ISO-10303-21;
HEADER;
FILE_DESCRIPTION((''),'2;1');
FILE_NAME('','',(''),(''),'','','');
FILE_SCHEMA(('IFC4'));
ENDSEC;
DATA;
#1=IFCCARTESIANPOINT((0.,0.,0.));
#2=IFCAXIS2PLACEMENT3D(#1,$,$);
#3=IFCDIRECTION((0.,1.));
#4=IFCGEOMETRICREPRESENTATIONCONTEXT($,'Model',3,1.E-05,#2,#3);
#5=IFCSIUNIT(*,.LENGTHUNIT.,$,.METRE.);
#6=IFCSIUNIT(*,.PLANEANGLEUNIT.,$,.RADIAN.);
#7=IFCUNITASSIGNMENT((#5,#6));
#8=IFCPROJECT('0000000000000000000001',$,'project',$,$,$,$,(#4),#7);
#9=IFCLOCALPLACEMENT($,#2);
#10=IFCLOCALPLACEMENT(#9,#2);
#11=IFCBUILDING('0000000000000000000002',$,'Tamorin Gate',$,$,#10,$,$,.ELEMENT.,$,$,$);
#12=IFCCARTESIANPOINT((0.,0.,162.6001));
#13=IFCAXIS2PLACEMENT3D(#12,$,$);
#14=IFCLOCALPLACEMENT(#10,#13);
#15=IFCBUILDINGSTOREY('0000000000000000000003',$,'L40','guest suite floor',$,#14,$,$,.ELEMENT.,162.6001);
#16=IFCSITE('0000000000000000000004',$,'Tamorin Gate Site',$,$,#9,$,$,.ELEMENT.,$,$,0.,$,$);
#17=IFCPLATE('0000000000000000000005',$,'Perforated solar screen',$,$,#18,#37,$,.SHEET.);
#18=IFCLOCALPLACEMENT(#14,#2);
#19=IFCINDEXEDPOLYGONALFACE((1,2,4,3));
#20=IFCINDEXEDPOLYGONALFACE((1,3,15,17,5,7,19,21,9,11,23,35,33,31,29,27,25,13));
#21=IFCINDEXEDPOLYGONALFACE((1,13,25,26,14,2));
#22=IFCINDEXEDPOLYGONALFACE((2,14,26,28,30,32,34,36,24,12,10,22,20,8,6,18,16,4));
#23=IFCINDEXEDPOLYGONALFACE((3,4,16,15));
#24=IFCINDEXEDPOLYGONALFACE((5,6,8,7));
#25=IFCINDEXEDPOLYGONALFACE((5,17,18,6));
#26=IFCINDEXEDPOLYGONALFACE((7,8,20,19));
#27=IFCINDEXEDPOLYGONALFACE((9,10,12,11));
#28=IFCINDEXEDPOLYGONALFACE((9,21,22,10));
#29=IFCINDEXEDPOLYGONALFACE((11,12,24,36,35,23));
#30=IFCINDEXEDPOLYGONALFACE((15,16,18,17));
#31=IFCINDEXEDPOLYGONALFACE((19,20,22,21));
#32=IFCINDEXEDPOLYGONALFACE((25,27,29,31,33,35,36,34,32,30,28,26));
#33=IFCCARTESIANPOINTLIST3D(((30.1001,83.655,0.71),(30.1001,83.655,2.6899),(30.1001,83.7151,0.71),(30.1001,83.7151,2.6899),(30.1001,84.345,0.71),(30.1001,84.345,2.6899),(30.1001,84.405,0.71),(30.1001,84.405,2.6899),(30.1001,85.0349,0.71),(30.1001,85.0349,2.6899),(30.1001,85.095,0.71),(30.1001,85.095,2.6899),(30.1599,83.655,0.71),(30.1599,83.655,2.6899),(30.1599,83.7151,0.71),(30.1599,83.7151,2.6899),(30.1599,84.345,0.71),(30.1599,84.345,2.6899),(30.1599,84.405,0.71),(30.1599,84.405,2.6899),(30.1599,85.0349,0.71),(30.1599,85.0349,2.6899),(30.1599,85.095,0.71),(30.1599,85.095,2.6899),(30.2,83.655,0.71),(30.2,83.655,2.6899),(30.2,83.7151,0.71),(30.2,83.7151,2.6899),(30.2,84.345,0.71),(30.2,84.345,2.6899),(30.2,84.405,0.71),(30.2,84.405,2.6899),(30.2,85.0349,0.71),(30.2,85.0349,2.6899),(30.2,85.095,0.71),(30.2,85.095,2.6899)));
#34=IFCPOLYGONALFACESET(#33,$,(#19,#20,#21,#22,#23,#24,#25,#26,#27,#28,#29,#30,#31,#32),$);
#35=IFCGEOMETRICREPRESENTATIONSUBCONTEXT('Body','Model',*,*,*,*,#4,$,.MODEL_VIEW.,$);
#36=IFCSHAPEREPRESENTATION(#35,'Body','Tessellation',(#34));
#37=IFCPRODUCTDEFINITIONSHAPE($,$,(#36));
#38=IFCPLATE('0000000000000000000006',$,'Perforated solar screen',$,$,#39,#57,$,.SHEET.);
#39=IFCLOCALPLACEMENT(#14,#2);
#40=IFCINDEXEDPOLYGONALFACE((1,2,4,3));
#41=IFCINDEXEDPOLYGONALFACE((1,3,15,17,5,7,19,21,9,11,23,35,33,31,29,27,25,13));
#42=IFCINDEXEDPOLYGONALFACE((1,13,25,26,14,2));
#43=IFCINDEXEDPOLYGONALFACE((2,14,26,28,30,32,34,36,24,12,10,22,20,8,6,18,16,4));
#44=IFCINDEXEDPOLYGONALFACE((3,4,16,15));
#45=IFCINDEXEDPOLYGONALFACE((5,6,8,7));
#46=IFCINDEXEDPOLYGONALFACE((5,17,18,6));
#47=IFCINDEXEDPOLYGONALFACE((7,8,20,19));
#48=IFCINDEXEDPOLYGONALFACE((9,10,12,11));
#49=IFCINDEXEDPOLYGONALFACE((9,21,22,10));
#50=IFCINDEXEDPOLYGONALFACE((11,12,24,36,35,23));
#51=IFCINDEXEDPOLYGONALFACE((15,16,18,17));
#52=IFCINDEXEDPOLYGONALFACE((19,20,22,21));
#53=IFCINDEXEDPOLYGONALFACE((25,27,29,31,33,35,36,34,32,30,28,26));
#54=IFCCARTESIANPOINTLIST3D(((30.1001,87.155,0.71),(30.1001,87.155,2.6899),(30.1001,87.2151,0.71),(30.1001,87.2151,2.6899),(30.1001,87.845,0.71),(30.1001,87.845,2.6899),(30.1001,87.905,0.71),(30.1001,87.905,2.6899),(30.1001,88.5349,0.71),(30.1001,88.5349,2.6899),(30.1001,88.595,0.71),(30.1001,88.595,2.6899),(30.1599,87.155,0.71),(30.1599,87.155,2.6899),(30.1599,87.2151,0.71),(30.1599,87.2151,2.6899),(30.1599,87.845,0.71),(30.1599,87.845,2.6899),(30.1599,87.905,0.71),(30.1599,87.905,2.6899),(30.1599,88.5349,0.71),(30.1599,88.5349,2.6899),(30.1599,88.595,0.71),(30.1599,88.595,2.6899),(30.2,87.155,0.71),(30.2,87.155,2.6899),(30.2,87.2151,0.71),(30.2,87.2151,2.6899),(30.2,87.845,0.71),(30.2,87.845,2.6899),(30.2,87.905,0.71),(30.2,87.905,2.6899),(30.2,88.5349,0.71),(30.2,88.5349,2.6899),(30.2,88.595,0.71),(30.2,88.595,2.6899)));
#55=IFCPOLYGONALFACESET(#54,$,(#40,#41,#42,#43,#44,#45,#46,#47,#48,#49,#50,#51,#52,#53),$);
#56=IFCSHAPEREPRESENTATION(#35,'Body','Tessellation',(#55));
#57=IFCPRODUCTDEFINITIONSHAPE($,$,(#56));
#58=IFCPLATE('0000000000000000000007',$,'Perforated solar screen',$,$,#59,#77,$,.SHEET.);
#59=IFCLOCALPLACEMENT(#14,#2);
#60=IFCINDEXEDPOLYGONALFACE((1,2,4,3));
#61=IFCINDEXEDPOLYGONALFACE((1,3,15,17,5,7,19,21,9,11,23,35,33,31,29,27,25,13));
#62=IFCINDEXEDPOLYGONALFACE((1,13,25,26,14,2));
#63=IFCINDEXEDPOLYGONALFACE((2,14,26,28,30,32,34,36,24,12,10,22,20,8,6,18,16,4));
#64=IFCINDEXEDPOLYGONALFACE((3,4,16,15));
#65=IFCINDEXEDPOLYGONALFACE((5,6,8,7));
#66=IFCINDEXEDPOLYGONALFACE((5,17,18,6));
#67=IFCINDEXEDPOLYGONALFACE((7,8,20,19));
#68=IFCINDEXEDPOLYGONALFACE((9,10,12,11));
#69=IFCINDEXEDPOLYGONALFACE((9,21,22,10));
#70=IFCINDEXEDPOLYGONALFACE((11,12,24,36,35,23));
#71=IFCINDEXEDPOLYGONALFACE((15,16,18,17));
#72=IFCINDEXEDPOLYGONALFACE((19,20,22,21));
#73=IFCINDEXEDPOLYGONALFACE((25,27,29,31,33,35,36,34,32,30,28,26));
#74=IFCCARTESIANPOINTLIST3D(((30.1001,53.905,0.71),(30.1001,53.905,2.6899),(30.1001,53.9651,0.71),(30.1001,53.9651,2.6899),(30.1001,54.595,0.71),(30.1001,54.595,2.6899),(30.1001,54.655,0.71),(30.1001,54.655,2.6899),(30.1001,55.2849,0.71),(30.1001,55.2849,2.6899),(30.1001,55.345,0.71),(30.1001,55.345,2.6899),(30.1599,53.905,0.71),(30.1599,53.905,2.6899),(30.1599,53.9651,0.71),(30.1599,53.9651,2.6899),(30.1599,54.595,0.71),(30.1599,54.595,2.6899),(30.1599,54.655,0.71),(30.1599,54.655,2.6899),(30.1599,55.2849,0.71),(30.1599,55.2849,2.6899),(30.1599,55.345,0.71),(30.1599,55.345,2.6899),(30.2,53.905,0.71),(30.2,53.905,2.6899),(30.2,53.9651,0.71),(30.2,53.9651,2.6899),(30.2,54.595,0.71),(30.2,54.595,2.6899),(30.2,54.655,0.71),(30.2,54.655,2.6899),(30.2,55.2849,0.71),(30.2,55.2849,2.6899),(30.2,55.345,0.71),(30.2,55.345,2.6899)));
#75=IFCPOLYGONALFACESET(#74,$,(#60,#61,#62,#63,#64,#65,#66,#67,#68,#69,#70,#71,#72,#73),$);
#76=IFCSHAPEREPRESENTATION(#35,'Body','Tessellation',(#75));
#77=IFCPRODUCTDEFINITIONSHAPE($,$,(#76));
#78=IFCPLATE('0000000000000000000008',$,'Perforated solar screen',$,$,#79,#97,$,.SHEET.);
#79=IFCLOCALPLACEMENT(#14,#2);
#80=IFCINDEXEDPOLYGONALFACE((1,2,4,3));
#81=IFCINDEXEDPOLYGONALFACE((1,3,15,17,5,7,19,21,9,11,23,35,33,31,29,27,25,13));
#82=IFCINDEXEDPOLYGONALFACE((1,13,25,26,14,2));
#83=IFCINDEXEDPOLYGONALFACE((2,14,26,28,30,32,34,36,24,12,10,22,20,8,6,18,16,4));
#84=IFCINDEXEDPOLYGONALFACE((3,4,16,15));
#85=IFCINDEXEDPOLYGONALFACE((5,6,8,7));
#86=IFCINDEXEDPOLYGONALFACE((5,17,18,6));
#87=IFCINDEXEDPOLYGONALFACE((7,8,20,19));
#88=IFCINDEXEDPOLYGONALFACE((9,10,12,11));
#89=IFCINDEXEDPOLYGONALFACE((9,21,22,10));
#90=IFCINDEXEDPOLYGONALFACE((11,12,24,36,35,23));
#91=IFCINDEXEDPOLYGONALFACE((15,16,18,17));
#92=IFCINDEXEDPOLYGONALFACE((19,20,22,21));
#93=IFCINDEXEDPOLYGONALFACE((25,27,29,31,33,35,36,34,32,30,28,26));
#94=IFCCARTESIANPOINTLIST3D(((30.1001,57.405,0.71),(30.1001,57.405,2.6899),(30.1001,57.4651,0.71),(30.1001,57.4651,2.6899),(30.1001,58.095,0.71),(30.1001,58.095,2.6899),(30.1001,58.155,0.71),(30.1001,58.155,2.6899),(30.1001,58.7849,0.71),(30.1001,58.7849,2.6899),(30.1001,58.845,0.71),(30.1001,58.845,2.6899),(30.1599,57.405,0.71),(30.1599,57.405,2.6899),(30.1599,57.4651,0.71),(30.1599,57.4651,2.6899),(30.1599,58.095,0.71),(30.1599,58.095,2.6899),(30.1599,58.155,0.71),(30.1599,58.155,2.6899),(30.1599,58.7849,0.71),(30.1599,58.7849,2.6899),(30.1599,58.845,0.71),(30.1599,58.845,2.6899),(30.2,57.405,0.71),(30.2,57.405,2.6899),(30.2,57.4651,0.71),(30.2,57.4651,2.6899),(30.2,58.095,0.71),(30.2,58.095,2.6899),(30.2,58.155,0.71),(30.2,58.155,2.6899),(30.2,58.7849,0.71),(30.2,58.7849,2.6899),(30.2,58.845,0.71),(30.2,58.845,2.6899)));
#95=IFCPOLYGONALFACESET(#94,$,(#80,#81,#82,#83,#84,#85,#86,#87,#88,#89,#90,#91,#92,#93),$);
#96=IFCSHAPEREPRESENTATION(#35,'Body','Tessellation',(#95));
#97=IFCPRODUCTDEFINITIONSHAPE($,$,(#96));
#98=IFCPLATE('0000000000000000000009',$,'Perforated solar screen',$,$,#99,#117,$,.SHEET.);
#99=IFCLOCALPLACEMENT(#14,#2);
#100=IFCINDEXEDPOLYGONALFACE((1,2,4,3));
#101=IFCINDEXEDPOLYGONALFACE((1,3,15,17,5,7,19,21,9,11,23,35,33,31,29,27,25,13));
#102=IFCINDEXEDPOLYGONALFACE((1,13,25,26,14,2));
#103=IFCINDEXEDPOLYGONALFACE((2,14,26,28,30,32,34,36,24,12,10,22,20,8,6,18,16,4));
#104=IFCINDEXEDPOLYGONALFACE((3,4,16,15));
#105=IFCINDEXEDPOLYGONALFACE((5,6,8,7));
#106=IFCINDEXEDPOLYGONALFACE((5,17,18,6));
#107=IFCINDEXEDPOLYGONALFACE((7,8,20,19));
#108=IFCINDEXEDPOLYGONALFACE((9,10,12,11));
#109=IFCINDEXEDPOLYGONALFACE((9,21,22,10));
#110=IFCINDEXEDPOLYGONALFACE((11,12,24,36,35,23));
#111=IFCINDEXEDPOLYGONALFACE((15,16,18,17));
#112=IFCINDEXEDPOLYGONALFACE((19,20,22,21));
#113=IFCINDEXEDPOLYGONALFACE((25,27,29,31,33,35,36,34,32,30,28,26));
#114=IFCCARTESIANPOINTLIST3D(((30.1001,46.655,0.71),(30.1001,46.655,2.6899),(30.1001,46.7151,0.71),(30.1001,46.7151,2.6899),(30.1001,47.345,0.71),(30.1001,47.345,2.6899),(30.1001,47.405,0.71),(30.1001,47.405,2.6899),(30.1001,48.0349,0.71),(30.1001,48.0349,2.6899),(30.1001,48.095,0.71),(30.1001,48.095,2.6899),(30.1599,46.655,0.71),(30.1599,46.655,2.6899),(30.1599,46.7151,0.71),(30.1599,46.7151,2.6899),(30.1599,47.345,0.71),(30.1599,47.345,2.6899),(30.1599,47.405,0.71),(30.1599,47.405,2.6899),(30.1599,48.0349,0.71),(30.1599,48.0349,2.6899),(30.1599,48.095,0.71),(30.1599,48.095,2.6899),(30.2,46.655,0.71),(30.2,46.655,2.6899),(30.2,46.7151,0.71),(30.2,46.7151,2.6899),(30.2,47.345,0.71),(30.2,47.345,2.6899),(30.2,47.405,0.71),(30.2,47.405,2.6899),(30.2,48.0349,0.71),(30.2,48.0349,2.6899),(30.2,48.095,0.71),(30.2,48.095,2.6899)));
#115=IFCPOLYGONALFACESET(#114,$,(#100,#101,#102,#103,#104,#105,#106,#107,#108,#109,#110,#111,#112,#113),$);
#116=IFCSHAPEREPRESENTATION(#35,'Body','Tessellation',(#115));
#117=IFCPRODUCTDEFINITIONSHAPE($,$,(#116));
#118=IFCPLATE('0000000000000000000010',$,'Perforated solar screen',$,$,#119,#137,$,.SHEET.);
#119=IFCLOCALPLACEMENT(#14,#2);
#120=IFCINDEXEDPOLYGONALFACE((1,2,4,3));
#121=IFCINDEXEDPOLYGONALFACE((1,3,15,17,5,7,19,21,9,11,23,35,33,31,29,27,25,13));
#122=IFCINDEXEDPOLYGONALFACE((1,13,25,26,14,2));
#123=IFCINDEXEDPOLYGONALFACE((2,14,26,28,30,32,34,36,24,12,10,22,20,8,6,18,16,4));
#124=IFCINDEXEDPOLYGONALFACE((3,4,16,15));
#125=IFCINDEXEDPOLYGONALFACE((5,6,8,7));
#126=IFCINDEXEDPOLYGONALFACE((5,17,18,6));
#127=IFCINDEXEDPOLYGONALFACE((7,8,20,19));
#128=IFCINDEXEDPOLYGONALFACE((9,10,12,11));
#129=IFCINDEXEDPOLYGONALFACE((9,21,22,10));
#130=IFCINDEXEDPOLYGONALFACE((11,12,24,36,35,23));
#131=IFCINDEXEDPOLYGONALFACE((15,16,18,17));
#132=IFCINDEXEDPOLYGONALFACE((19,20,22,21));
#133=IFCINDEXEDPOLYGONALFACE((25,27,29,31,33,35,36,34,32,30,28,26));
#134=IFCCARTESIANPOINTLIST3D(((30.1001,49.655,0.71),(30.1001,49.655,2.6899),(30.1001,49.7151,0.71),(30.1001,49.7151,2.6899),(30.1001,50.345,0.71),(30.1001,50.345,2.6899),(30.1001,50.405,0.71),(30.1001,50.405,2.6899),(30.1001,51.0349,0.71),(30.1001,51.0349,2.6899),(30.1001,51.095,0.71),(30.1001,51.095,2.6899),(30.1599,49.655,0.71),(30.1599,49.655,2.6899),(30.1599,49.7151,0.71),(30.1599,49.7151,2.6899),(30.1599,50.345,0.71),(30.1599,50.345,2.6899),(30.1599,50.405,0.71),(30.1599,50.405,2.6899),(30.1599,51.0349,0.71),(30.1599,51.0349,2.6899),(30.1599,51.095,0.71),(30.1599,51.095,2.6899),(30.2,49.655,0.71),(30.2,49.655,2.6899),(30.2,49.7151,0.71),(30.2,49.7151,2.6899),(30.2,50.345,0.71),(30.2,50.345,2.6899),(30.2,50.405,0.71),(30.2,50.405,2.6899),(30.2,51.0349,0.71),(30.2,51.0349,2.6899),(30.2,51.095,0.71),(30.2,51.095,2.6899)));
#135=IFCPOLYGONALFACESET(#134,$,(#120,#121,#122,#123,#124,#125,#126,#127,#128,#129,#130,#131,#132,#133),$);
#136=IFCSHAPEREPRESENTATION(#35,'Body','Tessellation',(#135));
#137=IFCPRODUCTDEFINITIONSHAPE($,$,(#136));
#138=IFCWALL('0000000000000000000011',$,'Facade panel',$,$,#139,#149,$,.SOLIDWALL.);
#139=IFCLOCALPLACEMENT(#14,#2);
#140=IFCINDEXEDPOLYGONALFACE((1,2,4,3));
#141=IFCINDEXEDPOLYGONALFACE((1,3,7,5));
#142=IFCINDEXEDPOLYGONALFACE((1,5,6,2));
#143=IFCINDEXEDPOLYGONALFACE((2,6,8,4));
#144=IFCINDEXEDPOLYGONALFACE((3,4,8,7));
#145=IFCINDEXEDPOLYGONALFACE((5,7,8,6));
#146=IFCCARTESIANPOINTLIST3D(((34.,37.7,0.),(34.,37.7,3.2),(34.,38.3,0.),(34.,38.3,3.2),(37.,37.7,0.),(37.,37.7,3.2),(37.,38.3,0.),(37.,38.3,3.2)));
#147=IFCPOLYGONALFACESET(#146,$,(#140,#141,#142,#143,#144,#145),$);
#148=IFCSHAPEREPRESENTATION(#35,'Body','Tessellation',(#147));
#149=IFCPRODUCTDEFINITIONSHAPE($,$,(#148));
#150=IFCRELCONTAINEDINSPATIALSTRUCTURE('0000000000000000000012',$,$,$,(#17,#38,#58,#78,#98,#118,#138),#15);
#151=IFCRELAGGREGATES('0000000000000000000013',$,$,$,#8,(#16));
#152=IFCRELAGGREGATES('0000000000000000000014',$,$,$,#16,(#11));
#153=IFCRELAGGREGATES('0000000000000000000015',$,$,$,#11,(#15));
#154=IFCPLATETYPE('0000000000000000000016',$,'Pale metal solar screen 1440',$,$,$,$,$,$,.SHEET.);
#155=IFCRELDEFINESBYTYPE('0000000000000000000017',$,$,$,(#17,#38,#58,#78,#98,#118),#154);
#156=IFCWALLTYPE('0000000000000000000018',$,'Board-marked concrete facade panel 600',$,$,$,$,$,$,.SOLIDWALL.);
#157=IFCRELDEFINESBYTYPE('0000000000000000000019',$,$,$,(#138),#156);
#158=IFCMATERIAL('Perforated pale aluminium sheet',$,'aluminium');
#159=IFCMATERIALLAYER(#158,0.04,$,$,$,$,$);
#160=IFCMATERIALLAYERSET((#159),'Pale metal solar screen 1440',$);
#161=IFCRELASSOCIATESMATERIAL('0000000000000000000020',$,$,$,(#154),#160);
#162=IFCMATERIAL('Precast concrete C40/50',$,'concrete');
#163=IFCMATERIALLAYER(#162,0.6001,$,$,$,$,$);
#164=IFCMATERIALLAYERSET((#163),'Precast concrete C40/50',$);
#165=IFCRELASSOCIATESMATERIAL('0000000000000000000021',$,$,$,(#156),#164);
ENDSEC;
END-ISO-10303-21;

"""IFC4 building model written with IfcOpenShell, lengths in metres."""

from ifc_helpers import new_model, si_unit, direction, frame, frame_2d, origin, place, context, subcontext, project, spatial, polyline, rectangle, outline, extrude, material, layer, layer_set, type_object, element, save


model = new_model("IFC4")

# Units and contexts
model_context = context("Model", 3, precision=1e-05, world=origin(), true_north=direction((0.0, 1.0)))
body_context = subcontext(model_context, "Body", "Model", "MODEL_VIEW")
ifc_project = project(units=[si_unit("LENGTHUNIT", "METRE"), si_unit("PLANEANGLEUNIT", "RADIAN")], contexts=[model_context])

# Site, building, storey
site_placement = place(None, origin())
site = spatial("IfcSite", under=ifc_project, at=site_placement, Name="Tamorin Gate Site", CompositionType="ELEMENT", RefElevation=0.0)
building_placement = place(site_placement, origin())
building = spatial("IfcBuilding", under=site, at=building_placement, Name="Tamorin Gate", CompositionType="ELEMENT")
storey_placement = place(building_placement, frame((0.0, 0.0, 162.6001)))
storey = spatial("IfcBuildingStorey", under=building, at=storey_placement, Name="L40", Description="guest suite floor", CompositionType="ELEMENT", Elevation=162.6001)

# Plates
ifc_material_1 = material(Name="Perforated pale aluminium sheet", Category="aluminium")
ifc_layer_1 = layer(ifc_material_1, 0.04)
ifc_layer_set_1 = layer_set([ifc_layer_1], Name="Pale metal solar screen 1440")
plate_type_1 = type_object("IfcPlateType", Name="Pale metal solar screen 1440", PredefinedType="SHEET", material=ifc_layer_set_1)
plate_1_placement = place(storey_placement, frame((0.0, 0.0, 0.71)))
element("IfcPlate", 1, at=plate_1_placement, inside=storey, type_object=plate_type_1, Name="Perforated solar screen", PredefinedType="SHEET", context=body_context, shape_type="SweptSolid", body=[
    extrude(outline(polyline([(30.1599, 85.095), (30.2, 85.095), (30.2, 85.0349), (30.2, 84.405), (30.2, 84.345), (30.2, 83.7151), (30.2, 83.655), (30.1599, 83.655), (30.1001, 83.655), (30.1001, 83.7151), (30.1599, 83.7151), (30.1599, 84.345), (30.1001, 84.345), (30.1001, 84.405), (30.1599, 84.405), (30.1599, 85.0349), (30.1001, 85.0349), (30.1001, 85.095), (30.1599, 85.095)])), origin(), (0.0, 0.0, 1.0), 1.98),
])
plate_2_placement = place(storey_placement, frame((0.0, 0.0, 0.71)))
element("IfcPlate", 2, at=plate_2_placement, inside=storey, type_object=plate_type_1, Name="Perforated solar screen", PredefinedType="SHEET", context=body_context, shape_type="SweptSolid", body=[
    extrude(outline(polyline([(30.1599, 88.595), (30.2, 88.595), (30.2, 88.5349), (30.2, 87.905), (30.2, 87.845), (30.2, 87.2151), (30.2, 87.155), (30.1599, 87.155), (30.1001, 87.155), (30.1001, 87.2151), (30.1599, 87.2151), (30.1599, 87.845), (30.1001, 87.845), (30.1001, 87.905), (30.1599, 87.905), (30.1599, 88.5349), (30.1001, 88.5349), (30.1001, 88.595), (30.1599, 88.595)])), origin(), (0.0, 0.0, 1.0), 1.98),
])
plate_3_placement = place(storey_placement, frame((0.0, 0.0, 0.71)))
element("IfcPlate", 3, at=plate_3_placement, inside=storey, type_object=plate_type_1, Name="Perforated solar screen", PredefinedType="SHEET", context=body_context, shape_type="SweptSolid", body=[
    extrude(outline(polyline([(30.1599, 55.345), (30.2, 55.345), (30.2, 55.2849), (30.2, 54.655), (30.2, 54.595), (30.2, 53.9651), (30.2, 53.905), (30.1599, 53.905), (30.1001, 53.905), (30.1001, 53.9651), (30.1599, 53.9651), (30.1599, 54.595), (30.1001, 54.595), (30.1001, 54.655), (30.1599, 54.655), (30.1599, 55.2849), (30.1001, 55.2849), (30.1001, 55.345), (30.1599, 55.345)])), origin(), (0.0, 0.0, 1.0), 1.98),
])
plate_4_placement = place(storey_placement, frame((0.0, 0.0, 0.71)))
element("IfcPlate", 4, at=plate_4_placement, inside=storey, type_object=plate_type_1, Name="Perforated solar screen", PredefinedType="SHEET", context=body_context, shape_type="SweptSolid", body=[
    extrude(outline(polyline([(30.1599, 58.845), (30.2, 58.845), (30.2, 58.7849), (30.2, 58.155), (30.2, 58.095), (30.2, 57.4651), (30.2, 57.405), (30.1599, 57.405), (30.1001, 57.405), (30.1001, 57.4651), (30.1599, 57.4651), (30.1599, 58.095), (30.1001, 58.095), (30.1001, 58.155), (30.1599, 58.155), (30.1599, 58.7849), (30.1001, 58.7849), (30.1001, 58.845), (30.1599, 58.845)])), origin(), (0.0, 0.0, 1.0), 1.98),
])
plate_5_placement = place(storey_placement, frame((0.0, 0.0, 0.71)))
element("IfcPlate", 5, at=plate_5_placement, inside=storey, type_object=plate_type_1, Name="Perforated solar screen", PredefinedType="SHEET", context=body_context, shape_type="SweptSolid", body=[
    extrude(outline(polyline([(30.1599, 48.095), (30.2, 48.095), (30.2, 48.0349), (30.2, 47.405), (30.2, 47.345), (30.2, 46.7151), (30.2, 46.655), (30.1599, 46.655), (30.1001, 46.655), (30.1001, 46.7151), (30.1599, 46.7151), (30.1599, 47.345), (30.1001, 47.345), (30.1001, 47.405), (30.1599, 47.405), (30.1599, 48.0349), (30.1001, 48.0349), (30.1001, 48.095), (30.1599, 48.095)])), origin(), (0.0, 0.0, 1.0), 1.98),
])
plate_6_placement = place(storey_placement, frame((0.0, 0.0, 0.71)))
element("IfcPlate", 6, at=plate_6_placement, inside=storey, type_object=plate_type_1, Name="Perforated solar screen", PredefinedType="SHEET", context=body_context, shape_type="SweptSolid", body=[
    extrude(outline(polyline([(30.1599, 51.095), (30.2, 51.095), (30.2, 51.0349), (30.2, 50.405), (30.2, 50.345), (30.2, 49.7151), (30.2, 49.655), (30.1599, 49.655), (30.1001, 49.655), (30.1001, 49.7151), (30.1599, 49.7151), (30.1599, 50.345), (30.1001, 50.345), (30.1001, 50.405), (30.1599, 50.405), (30.1599, 51.0349), (30.1001, 51.0349), (30.1001, 51.095), (30.1599, 51.095)])), origin(), (0.0, 0.0, 1.0), 1.98),
])

# Wall
ifc_material_2 = material(Name="Precast concrete C40/50", Category="concrete")
ifc_layer_2 = layer(ifc_material_2, 0.6001)
ifc_layer_set_2 = layer_set([ifc_layer_2], Name="Precast concrete C40/50")
wall_type = type_object("IfcWallType", Name="Board-marked concrete facade panel 600", PredefinedType="SOLIDWALL", material=ifc_layer_set_2)
wall_1_placement = place(storey_placement, frame((34.0, 38.0, 0.0), z_axis=(0.0, 0.0, 1.0), x_axis=(1.0, 0.0, 0.0)))
element("IfcWall", 7, at=wall_1_placement, inside=storey, type_object=wall_type, Name="Facade panel", PredefinedType="SOLIDWALL", context=body_context, shape_type="SweptSolid", body=[
    extrude(rectangle(XDim=3.0, YDim=0.6001, at=frame_2d((1.5, 0.0))), origin(), (0.0, 0.0, 1.0), 3.2),
])

save(model, "model.ifc")
